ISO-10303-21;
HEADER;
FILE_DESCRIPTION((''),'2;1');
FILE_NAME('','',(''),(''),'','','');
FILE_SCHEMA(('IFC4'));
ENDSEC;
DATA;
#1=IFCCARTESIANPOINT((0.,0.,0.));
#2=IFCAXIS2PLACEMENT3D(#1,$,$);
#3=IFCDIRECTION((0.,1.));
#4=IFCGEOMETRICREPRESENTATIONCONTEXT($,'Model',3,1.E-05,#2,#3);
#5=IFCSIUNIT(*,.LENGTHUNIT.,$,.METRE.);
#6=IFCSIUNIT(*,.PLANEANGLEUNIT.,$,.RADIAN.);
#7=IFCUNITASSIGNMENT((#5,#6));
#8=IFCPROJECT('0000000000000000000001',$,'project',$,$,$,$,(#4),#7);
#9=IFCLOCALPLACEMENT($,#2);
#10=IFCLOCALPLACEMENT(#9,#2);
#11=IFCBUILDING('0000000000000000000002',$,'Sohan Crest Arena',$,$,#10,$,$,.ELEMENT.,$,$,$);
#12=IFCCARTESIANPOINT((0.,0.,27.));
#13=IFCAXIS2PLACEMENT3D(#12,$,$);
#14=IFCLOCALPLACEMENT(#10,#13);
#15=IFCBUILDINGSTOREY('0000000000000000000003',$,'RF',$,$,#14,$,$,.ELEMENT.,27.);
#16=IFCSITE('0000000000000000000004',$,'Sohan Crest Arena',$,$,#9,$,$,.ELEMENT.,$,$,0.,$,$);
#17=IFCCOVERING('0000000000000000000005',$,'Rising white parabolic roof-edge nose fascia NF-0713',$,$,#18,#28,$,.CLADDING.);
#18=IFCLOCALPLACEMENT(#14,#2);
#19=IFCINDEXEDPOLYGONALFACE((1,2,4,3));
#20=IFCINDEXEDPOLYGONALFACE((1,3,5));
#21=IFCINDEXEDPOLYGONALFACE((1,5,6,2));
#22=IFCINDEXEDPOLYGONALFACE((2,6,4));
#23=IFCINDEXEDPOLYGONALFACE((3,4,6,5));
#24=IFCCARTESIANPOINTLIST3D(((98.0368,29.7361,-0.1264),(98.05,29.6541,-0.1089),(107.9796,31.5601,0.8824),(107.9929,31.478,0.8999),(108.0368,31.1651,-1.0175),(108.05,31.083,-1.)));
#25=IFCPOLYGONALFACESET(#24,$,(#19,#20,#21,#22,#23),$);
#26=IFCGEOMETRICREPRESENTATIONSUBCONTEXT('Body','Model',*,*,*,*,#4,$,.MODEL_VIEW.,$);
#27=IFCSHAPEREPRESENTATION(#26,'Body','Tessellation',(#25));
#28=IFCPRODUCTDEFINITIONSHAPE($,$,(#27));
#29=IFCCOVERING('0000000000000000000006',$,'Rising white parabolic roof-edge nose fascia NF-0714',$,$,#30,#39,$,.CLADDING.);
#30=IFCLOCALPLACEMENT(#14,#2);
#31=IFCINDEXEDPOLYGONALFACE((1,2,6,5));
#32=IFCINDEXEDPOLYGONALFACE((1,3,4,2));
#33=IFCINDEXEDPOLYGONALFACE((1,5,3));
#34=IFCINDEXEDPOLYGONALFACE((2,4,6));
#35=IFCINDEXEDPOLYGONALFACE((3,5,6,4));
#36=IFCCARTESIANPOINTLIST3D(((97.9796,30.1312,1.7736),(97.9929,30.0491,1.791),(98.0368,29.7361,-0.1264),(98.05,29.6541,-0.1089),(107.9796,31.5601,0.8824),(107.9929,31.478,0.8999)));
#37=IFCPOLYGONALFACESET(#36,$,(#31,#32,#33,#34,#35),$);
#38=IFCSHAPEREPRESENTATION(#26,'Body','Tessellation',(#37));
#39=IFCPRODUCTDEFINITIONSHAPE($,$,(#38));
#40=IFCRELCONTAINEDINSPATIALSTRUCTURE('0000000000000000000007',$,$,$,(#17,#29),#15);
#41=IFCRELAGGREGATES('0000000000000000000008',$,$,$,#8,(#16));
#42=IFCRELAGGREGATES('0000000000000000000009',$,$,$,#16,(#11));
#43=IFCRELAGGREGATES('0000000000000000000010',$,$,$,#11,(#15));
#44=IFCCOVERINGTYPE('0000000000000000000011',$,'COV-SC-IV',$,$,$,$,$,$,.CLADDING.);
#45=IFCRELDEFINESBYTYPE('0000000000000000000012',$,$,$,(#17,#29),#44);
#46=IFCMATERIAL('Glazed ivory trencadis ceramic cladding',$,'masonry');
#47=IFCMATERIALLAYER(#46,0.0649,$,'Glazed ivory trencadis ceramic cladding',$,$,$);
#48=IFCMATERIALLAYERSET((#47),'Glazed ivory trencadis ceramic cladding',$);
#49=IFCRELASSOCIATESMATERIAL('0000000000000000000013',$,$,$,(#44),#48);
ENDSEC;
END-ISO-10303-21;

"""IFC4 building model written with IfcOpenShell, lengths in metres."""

from ifc_helpers import new_model, si_unit, direction, frame, origin, place, context, subcontext, project, spatial, polyline, outline, extrude, material, layer, layer_set, type_object, element, save


model = new_model("IFC4")

# Units and contexts
model_context = context("Model", 3, precision=1e-05, world=origin(), true_north=direction((0.0, 1.0)))
body_context = subcontext(model_context, "Body", "Model", "MODEL_VIEW")
ifc_project = project(units=[si_unit("LENGTHUNIT", "METRE"), si_unit("PLANEANGLEUNIT", "RADIAN")], contexts=[model_context])

# Site, building, storey
site_placement = place(None, origin())
site = spatial("IfcSite", under=ifc_project, at=site_placement, Name="Sohan Crest Arena", CompositionType="ELEMENT", RefElevation=0.0)
building_placement = place(site_placement, origin())
building = spatial("IfcBuilding", under=site, at=building_placement, Name="Sohan Crest Arena", CompositionType="ELEMENT")
storey_placement = place(building_placement, frame((0.0, 0.0, 27.0)))
storey = spatial("IfcBuildingStorey", under=building, at=storey_placement, Name="RF", CompositionType="ELEMENT", Elevation=27.0)

# Coverings
ifc_material_1 = material(Name="Glazed ivory trencadis ceramic cladding", Category="masonry")
ifc_layer_1 = layer(ifc_material_1, 0.0649, Name="Glazed ivory trencadis ceramic cladding")
ifc_layer_set_1 = layer_set([ifc_layer_1], Name="Glazed ivory trencadis ceramic cladding")
covering_type_1 = type_object("IfcCoveringType", Name="COV-SC-IV", PredefinedType="CLADDING", material=ifc_layer_set_1)
covering_1_placement = place(storey_placement, frame((98.05, 29.6541, -0.1089), z_axis=(0.156365, -0.966071, 0.205563), x_axis=(0.986115, 0.140911, -0.087874)))
element("IfcCovering", 1, at=covering_1_placement, inside=storey, type_object=covering_type_1, Name="Rising white parabolic roof-edge nose fascia NF-0713", PredefinedType="CLADDING", context=body_context, shape_type="SweptSolid", body=[
    extrude(outline(polyline([(0.0, 0.0), (10.1408, 0.0), (9.9732, 1.9341), (0.0, 0.0)])), origin(), (0.0, 0.0, -1.0), 0.085),
])
covering_2_placement = place(storey_placement, frame((98.05, 29.6541, -0.1089), z_axis=(0.156365, -0.966071, 0.205563), x_axis=(0.978726, 0.179543, 0.0993)))
element("IfcCovering", 2, at=covering_2_placement, inside=storey, type_object=covering_type_1, Name="Rising white parabolic roof-edge nose fascia NF-0714", PredefinedType="CLADDING", context=body_context, shape_type="SweptSolid", body=[
    extrude(outline(polyline([(0.0, 0.0), (10.159, 0.0), (0.2037, 1.9307), (0.0, 0.0)])), origin(), (0.0, 0.0, -1.0), 0.085),
])

save(model, "model.ifc")
